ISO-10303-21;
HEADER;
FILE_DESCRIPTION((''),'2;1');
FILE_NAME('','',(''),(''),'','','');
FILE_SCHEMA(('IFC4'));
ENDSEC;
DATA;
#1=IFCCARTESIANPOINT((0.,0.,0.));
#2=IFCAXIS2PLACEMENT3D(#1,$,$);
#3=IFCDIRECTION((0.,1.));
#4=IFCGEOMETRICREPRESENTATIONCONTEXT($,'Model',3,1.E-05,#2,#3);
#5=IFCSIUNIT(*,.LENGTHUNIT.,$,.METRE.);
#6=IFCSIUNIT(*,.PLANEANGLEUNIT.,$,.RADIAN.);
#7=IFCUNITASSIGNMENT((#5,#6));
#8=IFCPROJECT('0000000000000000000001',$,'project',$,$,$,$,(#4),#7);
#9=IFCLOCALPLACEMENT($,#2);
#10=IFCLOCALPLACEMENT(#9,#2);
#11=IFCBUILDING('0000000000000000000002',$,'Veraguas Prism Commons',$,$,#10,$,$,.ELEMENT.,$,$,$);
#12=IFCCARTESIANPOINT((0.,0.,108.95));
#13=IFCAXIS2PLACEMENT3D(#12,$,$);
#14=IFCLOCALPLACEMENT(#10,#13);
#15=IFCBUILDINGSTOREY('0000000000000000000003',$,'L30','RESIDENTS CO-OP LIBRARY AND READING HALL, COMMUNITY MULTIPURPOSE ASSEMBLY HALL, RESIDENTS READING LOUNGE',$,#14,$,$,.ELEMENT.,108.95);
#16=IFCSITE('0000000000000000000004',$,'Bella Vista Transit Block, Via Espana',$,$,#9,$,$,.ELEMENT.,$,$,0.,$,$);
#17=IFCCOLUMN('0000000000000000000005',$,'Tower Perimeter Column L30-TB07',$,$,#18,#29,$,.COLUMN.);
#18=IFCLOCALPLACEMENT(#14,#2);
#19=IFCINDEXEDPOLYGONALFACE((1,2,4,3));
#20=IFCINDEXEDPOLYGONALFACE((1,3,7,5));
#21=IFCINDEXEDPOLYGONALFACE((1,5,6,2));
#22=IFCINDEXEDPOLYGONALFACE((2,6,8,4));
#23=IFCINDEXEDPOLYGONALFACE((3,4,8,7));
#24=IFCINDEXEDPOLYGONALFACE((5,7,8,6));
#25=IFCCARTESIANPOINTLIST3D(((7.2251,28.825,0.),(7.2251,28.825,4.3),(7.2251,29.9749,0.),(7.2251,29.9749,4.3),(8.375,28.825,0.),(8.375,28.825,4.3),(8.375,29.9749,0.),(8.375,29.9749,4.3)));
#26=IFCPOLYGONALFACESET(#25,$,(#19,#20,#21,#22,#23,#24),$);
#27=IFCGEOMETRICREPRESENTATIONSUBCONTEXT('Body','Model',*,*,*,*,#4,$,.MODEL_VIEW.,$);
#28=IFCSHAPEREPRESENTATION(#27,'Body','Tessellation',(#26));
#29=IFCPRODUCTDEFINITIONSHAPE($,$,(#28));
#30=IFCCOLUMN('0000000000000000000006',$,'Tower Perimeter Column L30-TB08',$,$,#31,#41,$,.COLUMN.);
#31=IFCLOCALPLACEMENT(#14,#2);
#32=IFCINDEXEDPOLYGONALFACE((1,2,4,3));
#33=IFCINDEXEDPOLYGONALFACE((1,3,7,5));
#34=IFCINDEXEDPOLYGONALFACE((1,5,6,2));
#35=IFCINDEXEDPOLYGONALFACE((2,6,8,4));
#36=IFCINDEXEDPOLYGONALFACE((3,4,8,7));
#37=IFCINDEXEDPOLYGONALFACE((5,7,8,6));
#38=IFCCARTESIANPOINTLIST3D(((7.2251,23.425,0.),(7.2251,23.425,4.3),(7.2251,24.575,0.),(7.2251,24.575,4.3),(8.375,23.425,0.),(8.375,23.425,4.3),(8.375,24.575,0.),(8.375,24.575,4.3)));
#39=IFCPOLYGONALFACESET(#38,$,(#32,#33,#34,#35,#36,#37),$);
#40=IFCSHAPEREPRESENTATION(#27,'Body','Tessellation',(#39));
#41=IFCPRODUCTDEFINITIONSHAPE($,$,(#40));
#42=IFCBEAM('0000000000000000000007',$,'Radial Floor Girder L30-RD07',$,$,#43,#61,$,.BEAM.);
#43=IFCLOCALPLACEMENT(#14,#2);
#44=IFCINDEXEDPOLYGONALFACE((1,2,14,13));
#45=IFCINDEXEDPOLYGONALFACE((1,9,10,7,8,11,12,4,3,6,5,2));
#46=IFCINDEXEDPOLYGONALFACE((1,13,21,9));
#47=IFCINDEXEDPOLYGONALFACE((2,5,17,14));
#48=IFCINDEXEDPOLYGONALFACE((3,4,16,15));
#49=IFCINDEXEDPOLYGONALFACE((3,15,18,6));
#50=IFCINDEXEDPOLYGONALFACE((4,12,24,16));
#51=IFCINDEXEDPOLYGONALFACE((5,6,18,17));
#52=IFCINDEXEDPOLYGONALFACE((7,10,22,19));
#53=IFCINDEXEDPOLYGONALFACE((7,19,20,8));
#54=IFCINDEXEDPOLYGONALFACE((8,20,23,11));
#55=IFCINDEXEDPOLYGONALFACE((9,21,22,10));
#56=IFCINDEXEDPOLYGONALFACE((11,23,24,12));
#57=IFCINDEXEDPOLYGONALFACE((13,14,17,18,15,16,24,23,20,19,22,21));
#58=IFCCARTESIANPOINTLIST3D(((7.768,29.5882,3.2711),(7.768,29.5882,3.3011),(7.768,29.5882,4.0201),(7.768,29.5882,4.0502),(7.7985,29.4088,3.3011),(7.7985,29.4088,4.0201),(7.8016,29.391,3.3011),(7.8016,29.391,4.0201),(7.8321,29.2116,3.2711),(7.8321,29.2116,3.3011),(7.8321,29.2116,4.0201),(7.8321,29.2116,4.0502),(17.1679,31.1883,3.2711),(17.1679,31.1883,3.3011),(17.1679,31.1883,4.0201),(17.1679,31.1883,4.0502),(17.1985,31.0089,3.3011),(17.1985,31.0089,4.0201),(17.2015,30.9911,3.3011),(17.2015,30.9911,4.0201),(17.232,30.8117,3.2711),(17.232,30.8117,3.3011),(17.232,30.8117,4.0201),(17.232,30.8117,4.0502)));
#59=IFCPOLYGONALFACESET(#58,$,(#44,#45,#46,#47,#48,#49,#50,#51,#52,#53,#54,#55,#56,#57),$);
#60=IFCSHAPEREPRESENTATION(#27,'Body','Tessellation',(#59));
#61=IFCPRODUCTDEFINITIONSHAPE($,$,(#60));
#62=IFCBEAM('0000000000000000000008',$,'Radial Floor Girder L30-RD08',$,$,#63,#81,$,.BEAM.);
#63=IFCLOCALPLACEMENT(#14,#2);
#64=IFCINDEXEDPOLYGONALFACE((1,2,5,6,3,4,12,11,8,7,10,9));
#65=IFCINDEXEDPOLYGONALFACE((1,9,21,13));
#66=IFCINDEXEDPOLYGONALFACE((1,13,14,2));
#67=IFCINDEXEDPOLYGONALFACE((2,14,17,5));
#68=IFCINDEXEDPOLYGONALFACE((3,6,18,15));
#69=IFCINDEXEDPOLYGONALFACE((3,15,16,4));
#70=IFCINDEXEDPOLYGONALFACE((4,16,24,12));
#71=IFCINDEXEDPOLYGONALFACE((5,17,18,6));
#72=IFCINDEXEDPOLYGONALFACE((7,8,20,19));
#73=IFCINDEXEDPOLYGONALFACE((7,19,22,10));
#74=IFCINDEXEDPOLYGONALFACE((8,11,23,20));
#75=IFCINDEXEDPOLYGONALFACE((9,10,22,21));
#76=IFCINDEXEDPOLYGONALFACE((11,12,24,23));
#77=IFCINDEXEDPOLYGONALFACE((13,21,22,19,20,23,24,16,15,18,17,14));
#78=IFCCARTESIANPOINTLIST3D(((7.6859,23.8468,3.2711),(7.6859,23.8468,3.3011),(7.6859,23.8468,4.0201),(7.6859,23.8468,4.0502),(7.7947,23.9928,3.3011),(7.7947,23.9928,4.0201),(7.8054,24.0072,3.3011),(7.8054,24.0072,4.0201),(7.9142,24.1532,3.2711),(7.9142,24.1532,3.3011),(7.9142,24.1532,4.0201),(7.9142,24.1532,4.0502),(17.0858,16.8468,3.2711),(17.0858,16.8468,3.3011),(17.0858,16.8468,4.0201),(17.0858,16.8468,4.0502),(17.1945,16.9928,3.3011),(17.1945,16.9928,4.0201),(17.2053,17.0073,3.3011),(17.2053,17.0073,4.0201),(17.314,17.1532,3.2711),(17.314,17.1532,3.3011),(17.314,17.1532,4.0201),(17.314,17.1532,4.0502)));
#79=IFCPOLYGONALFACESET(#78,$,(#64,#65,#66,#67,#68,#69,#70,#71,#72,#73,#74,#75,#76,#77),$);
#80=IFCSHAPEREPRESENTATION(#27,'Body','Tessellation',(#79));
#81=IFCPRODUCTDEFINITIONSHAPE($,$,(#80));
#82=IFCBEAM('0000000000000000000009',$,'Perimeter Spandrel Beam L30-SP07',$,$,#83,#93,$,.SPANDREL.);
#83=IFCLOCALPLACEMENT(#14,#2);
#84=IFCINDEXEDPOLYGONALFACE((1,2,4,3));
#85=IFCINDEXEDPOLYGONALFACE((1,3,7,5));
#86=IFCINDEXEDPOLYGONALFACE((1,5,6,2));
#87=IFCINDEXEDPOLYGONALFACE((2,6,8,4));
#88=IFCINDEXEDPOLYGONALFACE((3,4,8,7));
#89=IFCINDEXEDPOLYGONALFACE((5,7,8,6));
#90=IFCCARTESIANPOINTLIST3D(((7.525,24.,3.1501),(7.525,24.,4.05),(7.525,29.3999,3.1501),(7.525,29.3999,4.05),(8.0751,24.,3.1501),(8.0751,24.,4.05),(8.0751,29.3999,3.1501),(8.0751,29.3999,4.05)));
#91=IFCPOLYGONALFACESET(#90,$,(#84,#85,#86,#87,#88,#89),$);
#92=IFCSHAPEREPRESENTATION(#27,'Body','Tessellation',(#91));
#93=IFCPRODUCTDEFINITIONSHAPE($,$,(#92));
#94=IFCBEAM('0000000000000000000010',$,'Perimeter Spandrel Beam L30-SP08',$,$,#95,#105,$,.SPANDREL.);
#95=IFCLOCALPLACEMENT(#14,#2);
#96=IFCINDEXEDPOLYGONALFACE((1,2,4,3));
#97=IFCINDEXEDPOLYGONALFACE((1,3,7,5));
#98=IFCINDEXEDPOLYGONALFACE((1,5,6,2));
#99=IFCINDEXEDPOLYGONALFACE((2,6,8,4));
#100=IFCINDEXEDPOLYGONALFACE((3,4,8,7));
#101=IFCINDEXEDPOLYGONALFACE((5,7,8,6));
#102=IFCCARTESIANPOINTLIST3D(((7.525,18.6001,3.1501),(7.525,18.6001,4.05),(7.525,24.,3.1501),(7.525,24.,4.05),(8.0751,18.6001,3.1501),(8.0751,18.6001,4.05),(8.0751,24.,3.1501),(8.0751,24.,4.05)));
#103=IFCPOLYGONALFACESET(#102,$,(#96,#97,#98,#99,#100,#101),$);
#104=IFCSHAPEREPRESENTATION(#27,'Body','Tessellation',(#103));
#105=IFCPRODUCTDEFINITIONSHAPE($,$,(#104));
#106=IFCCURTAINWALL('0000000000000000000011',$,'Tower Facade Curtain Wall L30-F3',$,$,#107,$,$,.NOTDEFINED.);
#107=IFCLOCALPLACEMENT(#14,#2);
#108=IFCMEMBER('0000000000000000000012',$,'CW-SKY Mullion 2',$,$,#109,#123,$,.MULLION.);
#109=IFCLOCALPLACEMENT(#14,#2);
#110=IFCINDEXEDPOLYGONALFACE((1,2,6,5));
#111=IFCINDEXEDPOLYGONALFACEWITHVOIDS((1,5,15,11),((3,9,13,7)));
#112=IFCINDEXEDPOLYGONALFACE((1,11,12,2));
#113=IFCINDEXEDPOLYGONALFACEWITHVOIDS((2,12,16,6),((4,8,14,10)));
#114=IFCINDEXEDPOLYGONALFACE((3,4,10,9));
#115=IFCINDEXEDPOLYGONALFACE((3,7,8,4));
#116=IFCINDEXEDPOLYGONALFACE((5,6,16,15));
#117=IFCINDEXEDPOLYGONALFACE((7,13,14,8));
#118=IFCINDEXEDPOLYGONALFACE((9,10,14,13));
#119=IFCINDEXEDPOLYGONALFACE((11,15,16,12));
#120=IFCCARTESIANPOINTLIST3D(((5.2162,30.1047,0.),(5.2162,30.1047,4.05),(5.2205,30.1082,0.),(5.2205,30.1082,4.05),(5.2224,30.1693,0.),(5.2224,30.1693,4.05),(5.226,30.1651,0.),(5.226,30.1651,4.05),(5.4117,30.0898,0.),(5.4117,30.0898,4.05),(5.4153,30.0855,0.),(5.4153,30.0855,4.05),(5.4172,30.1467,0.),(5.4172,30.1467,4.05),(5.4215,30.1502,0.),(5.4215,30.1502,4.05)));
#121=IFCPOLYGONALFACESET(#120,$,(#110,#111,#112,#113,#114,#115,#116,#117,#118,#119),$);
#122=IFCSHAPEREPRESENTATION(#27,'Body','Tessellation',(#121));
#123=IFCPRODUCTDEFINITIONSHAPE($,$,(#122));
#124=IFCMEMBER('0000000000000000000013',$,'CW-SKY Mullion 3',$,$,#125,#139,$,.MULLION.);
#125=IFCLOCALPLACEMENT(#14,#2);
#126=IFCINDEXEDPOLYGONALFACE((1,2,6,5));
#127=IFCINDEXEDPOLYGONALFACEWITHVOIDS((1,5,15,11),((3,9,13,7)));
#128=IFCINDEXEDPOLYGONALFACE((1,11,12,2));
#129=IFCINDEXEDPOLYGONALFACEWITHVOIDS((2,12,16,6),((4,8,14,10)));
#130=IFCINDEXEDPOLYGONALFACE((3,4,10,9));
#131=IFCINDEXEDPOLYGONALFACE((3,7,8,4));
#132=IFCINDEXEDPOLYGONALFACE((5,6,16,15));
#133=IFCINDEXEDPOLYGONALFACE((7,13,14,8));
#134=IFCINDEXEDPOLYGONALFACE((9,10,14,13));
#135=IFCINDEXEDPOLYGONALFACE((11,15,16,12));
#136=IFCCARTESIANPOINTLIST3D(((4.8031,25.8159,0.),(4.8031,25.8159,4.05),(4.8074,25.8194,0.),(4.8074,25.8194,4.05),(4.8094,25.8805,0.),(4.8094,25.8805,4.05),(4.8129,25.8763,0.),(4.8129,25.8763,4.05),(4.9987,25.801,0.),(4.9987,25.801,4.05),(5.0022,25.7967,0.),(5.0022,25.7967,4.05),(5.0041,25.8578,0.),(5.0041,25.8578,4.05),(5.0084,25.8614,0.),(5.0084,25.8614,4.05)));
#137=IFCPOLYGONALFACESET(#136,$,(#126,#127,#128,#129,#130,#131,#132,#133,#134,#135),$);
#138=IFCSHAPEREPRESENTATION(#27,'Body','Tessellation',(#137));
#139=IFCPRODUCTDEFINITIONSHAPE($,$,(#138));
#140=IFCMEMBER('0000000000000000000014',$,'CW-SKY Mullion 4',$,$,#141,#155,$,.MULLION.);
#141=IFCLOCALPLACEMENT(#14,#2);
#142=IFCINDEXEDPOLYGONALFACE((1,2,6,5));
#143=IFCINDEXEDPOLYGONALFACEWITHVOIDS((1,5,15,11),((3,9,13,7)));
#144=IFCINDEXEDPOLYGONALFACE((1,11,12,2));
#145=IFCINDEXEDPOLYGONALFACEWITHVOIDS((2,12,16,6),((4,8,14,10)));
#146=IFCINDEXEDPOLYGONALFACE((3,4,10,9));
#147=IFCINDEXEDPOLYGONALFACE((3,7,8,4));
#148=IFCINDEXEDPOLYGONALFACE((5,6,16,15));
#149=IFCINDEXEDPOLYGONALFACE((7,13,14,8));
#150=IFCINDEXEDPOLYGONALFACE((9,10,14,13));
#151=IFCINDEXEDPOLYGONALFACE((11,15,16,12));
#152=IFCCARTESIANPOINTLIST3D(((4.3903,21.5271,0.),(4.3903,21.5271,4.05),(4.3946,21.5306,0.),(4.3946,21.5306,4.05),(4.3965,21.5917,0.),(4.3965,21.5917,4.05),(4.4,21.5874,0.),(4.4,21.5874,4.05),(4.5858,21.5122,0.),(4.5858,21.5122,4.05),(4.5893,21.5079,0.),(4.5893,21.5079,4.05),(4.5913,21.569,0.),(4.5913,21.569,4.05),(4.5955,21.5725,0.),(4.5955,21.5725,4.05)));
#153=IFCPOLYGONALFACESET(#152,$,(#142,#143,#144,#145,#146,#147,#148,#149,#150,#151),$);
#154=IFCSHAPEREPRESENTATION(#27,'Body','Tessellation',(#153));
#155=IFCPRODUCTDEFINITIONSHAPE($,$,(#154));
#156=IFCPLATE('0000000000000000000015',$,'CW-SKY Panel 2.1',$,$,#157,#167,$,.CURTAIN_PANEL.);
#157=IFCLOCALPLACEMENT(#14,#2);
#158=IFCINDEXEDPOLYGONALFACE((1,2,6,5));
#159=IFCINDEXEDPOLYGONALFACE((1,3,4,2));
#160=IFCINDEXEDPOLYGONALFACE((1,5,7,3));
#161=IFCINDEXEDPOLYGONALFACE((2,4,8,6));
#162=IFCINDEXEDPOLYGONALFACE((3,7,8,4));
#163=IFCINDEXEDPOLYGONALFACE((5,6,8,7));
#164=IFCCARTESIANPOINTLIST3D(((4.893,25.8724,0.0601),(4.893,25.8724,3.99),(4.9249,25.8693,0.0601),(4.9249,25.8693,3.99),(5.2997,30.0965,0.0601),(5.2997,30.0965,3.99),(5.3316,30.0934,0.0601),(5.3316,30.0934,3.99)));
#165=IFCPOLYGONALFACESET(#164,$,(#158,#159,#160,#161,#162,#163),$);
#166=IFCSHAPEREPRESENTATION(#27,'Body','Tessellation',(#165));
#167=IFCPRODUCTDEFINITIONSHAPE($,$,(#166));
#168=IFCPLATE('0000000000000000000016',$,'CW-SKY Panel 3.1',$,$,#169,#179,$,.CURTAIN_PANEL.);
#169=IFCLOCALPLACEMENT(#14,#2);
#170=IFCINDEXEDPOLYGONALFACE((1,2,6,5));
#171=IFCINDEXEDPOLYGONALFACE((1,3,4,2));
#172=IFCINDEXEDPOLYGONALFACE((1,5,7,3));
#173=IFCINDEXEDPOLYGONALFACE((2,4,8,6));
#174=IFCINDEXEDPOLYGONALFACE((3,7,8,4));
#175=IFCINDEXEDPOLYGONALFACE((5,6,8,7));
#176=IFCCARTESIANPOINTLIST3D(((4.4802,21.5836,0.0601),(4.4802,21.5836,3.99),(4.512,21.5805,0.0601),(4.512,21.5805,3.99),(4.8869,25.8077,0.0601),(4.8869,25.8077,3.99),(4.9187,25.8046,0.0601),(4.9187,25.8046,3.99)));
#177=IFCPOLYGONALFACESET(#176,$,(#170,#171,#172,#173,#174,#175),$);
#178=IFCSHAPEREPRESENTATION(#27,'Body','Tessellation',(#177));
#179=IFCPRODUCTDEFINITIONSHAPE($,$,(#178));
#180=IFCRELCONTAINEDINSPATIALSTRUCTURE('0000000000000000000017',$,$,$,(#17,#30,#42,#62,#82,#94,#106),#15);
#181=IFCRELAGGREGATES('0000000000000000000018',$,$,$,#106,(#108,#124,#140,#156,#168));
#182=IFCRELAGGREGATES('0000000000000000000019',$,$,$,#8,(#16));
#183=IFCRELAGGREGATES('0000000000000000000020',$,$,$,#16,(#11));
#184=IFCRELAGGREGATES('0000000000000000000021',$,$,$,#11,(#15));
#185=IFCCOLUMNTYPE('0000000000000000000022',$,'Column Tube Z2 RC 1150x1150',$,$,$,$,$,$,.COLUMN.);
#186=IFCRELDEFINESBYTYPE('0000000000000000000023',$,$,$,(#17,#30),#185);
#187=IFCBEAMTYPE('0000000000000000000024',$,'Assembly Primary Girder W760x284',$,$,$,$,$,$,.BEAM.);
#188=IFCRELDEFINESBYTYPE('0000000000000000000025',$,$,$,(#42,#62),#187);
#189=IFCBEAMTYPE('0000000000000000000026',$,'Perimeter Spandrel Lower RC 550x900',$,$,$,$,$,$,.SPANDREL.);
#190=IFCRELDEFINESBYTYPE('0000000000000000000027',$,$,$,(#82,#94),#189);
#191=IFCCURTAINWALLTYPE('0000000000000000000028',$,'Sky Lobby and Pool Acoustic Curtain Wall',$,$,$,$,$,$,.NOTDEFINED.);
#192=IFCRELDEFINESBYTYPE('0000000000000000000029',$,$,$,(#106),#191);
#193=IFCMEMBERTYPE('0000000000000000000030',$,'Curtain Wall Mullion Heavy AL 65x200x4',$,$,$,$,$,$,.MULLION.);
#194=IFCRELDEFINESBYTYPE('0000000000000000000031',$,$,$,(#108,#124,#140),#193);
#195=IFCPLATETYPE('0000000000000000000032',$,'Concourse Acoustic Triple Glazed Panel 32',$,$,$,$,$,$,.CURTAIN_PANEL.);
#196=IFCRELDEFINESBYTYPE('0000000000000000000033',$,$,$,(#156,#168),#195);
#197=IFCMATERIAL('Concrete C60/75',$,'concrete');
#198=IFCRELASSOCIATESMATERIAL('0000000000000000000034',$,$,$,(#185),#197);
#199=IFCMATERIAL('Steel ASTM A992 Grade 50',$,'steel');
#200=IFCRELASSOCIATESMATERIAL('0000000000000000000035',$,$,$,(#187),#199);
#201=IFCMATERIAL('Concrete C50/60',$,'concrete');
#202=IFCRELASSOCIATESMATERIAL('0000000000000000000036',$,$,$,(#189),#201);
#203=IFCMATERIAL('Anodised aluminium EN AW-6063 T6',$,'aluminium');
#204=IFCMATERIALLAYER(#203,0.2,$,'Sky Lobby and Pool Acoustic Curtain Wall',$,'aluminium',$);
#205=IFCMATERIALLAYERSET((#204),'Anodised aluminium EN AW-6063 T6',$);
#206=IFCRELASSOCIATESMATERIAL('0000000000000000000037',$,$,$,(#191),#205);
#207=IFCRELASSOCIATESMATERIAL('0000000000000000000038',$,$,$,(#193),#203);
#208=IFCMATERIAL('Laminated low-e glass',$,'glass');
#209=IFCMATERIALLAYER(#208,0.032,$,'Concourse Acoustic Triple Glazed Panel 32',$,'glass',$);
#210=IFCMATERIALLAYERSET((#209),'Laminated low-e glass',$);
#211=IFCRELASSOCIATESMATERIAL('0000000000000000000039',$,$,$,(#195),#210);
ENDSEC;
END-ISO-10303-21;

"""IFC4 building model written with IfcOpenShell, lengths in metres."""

from ifc_helpers import new_model, si_unit, direction, frame, origin, origin_2d, place, context, subcontext, project, spatial, rectangle, hollow_rectangle, i_section, extrude, source, transform, mapped, material, layer, layer_set, material_profile, profile_set, type_object, element, aggregate, save


model = new_model("IFC4")

# Units and contexts
model_context = context("Model", 3, precision=1e-05, world=origin(), true_north=direction((0.0, 1.0)))
body_context = subcontext(model_context, "Body", "Model", "MODEL_VIEW")
ifc_project = project(units=[si_unit("LENGTHUNIT", "METRE"), si_unit("PLANEANGLEUNIT", "RADIAN")], contexts=[model_context])

# Site, building, storey
site_placement = place(None, origin())
site = spatial("IfcSite", under=ifc_project, at=site_placement, Name="Bella Vista Transit Block, Via Espana", CompositionType="ELEMENT", RefElevation=0.0)
building_placement = place(site_placement, origin())
building = spatial("IfcBuilding", under=site, at=building_placement, Name="Veraguas Prism Commons", CompositionType="ELEMENT")
storey_placement = place(building_placement, frame((0.0, 0.0, 108.95)))
storey = spatial("IfcBuildingStorey", under=building, at=storey_placement, Name="L30", Description="RESIDENTS CO-OP LIBRARY AND READING HALL, COMMUNITY MULTIPURPOSE ASSEMBLY HALL, RESIDENTS READING LOUNGE", CompositionType="ELEMENT", Elevation=108.95)

# Columns
ifc_material_1 = material(Name="Concrete C60/75", Category="concrete")
ifc_material_profile_1 = material_profile(ifc_material_1, rectangle(XDim=1.1499, YDim=1.1499, at=origin_2d()), Name="RC1150X1150")
ifc_profile_set_1 = profile_set([ifc_material_profile_1], Name="Concrete C60/75")
column_type = type_object("IfcColumnType", Name="Column Tube Z2 RC 1150x1150", PredefinedType="COLUMN", material=ifc_profile_set_1)
for number, where, z_axis, x_axis, name in (
    (1, (7.8, 29.3999, 0.0), (0.0, 0.0, 1.0), (1.0, 0.0, 0.0), "Tower Perimeter Column L30-TB07"),
    (2, (7.8, 24.0, 0.0), (0.0, 0.0, 1.0), (1.0, 0.0, 0.0), "Tower Perimeter Column L30-TB08"),
):
    element("IfcColumn", number, at=place(storey_placement, frame(where, z_axis=z_axis, x_axis=x_axis)), inside=storey, type_object=column_type, Name=name, PredefinedType="COLUMN", context=body_context, shape_type="SweptSolid", body=[
        extrude(rectangle(XDim=1.1499, YDim=1.1499, at=origin_2d()), origin(), (0.0, 0.0, 1.0), 4.3),
    ])

# Beams
ifc_material_2 = material(Name="Steel ASTM A992 Grade 50", Category="steel")
ifc_material_profile_2 = material_profile(ifc_material_2, i_section(OverallWidth=0.3821, OverallDepth=0.7791, WebThickness=0.0181, FlangeThickness=0.03, at=origin_2d()), Name="W760X284")
ifc_profile_set_2 = profile_set([ifc_material_profile_2], Name="Steel ASTM A992 Grade 50")
beam_type_1 = type_object("IfcBeamType", Name="Assembly Primary Girder W760x284", PredefinedType="BEAM", material=ifc_profile_set_2)
beam_1_placement = place(storey_placement, frame((7.8, 29.3999, 3.6606), z_axis=(0.985819, 0.167811, 0.0), x_axis=(-0.167811, 0.985819, 0.0)))
element("IfcBeam", 3, at=beam_1_placement, inside=storey, type_object=beam_type_1, Name="Radial Floor Girder L30-RD07", PredefinedType="BEAM", context=body_context, shape_type="SweptSolid", body=[
    extrude(i_section(OverallWidth=0.3821, OverallDepth=0.7791, WebThickness=0.0181, FlangeThickness=0.03, at=origin_2d()), origin(), (0.0, 0.0, 1.0), 9.5352),
])
beam_2_placement = place(storey_placement, frame((7.8, 24.0, 3.6606), z_axis=(0.80204, -0.59727, 0.0), x_axis=(0.59727, 0.80204, 0.0)))
element("IfcBeam", 4, at=beam_2_placement, inside=storey, type_object=beam_type_1, Name="Radial Floor Girder L30-RD08", PredefinedType="BEAM", context=body_context, shape_type="SweptSolid", body=[
    extrude(i_section(OverallWidth=0.3821, OverallDepth=0.7791, WebThickness=0.0181, FlangeThickness=0.03, at=origin_2d()), origin(), (0.0, 0.0, 1.0), 11.72),
])
ifc_material_3 = material(Name="Concrete C50/60", Category="concrete")
ifc_material_profile_3 = material_profile(ifc_material_3, rectangle(XDim=0.55, YDim=0.8999, at=origin_2d()), Name="RC550X900")
ifc_profile_set_3 = profile_set([ifc_material_profile_3], Name="Concrete C50/60")
beam_type_2 = type_object("IfcBeamType", Name="Perimeter Spandrel Lower RC 550x900", PredefinedType="SPANDREL", material=ifc_profile_set_3)
for number, where, z_axis, x_axis, name in (
    (5, (7.8, 29.3999, 3.6001), (0.0, -1.0, 0.0), (1.0, 0.0, 0.0), "Perimeter Spandrel Beam L30-SP07"),
    (6, (7.8, 24.0, 3.6001), (0.0, -1.0, 0.0), (1.0, 0.0, 0.0), "Perimeter Spandrel Beam L30-SP08"),
):
    element("IfcBeam", number, at=place(storey_placement, frame(where, z_axis=z_axis, x_axis=x_axis)), inside=storey, type_object=beam_type_2, Name=name, PredefinedType="SPANDREL", context=body_context, shape_type="SweptSolid", body=[
        extrude(rectangle(XDim=0.55, YDim=0.8999, at=origin_2d()), origin(), (0.0, 0.0, 1.0), 5.3999),
    ])

# Curtain wall, members, plates
ifc_material_4 = material(Name="Anodised aluminium EN AW-6063 T6", Category="aluminium")
ifc_layer_1 = layer(ifc_material_4, 0.2, Name="Sky Lobby and Pool Acoustic Curtain Wall", Category="aluminium")
ifc_layer_set_1 = layer_set([ifc_layer_1], Name="Anodised aluminium EN AW-6063 T6")
curtain_wall_type = type_object("IfcCurtainWallType", Name="Sky Lobby and Pool Acoustic Curtain Wall", PredefinedType="NOTDEFINED", material=ifc_layer_set_1)
curtain_wall_placement = place(storey_placement, origin())
curtain_wall = element("IfcCurtainWall", 7, at=curtain_wall_placement, inside=storey, type_object=curtain_wall_type, Name="Tower Facade Curtain Wall L30-F3", PredefinedType="NOTDEFINED")
ifc_material_profile_4 = material_profile(ifc_material_4, hollow_rectangle(XDim=0.0649, YDim=0.2, WallThickness=0.0039, at=origin_2d()), Name="AL65X200X4")
ifc_profile_set_4 = profile_set([ifc_material_profile_4], Name="Anodised aluminium EN AW-6063 T6")
member_type = type_object("IfcMemberType", Name="Curtain Wall Mullion Heavy AL 65x200x4", PredefinedType="MULLION", material=ifc_profile_set_4)
shared_shape_1 = source(origin(), body_context, "Body", "SweptSolid", [
    extrude(hollow_rectangle(XDim=0.0649, YDim=0.2, WallThickness=0.0039, at=origin_2d()), origin(), (0.0, 0.0, 1.0), 4.05),
])
member_1_placement = place(storey_placement, frame((5.3188, 30.1274, 0.0), z_axis=(0.0, 0.0, 1.0), x_axis=(-0.095837, -0.995397, 0.0)))
member_1 = element("IfcMember", 8, at=member_1_placement, type_object=member_type, Name="CW-SKY Mullion 2", PredefinedType="MULLION", context=body_context, shape_type="MappedRepresentation", body=[
    mapped(shared_shape_1, transform((0.0, 0.0, 0.0), scale=1.0)),
])
member_2_placement = place(storey_placement, frame((4.9058, 25.8386, 0.0), z_axis=(0.0, 0.0, 1.0), x_axis=(-0.095837, -0.995397, 0.0)))
member_2 = element("IfcMember", 9, at=member_2_placement, type_object=member_type, Name="CW-SKY Mullion 3", PredefinedType="MULLION", context=body_context, shape_type="MappedRepresentation", body=[
    mapped(shared_shape_1, transform((0.0, 0.0, 0.0), scale=1.0)),
])
member_3_placement = place(storey_placement, frame((4.4929, 21.5498, 0.0), z_axis=(0.0, 0.0, 1.0), x_axis=(-0.095837, -0.995397, 0.0)))
member_3 = element("IfcMember", 10, at=member_3_placement, type_object=member_type, Name="CW-SKY Mullion 4", PredefinedType="MULLION", context=body_context, shape_type="MappedRepresentation", body=[
    mapped(shared_shape_1, transform((0.0, 0.0, 0.0), scale=1.0)),
])
ifc_material_5 = material(Name="Laminated low-e glass", Category="glass")
ifc_layer_2 = layer(ifc_material_5, 0.032, Name="Concourse Acoustic Triple Glazed Panel 32", Category="glass")
ifc_layer_set_2 = layer_set([ifc_layer_2], Name="Laminated low-e glass")
plate_type = type_object("IfcPlateType", Name="Concourse Acoustic Triple Glazed Panel 32", PredefinedType="CURTAIN_PANEL", material=ifc_layer_set_2)
shared_shape_2 = source(origin(), body_context, "Body", "SweptSolid", [
    extrude(rectangle(XDim=4.2437, YDim=0.032, at=origin_2d()), origin(), (0.0, 0.0, 1.0), 3.9299),
])
plate_1_placement = place(storey_placement, frame((5.1123, 27.9829, 0.0601), z_axis=(0.0, 0.0, 1.0), x_axis=(-0.095837, -0.995397, 0.0)))
plate_1 = element("IfcPlate", 11, at=plate_1_placement, type_object=plate_type, Name="CW-SKY Panel 2.1", PredefinedType="CURTAIN_PANEL", context=body_context, shape_type="MappedRepresentation", body=[
    mapped(shared_shape_2, transform((0.0, 0.0, 0.0), scale=1.0)),
])
plate_2_placement = place(storey_placement, frame((4.6995, 23.6941, 0.0601), z_axis=(0.0, 0.0, 1.0), x_axis=(-0.095837, -0.995397, 0.0)))
plate_2 = element("IfcPlate", 12, at=plate_2_placement, type_object=plate_type, Name="CW-SKY Panel 3.1", PredefinedType="CURTAIN_PANEL", context=body_context, shape_type="MappedRepresentation", body=[
    mapped(shared_shape_2, transform((0.0, 0.0, 0.0), scale=1.0)),
])
aggregate(curtain_wall, [member_1, member_2, member_3, plate_1, plate_2])

save(model, "model.ifc")
